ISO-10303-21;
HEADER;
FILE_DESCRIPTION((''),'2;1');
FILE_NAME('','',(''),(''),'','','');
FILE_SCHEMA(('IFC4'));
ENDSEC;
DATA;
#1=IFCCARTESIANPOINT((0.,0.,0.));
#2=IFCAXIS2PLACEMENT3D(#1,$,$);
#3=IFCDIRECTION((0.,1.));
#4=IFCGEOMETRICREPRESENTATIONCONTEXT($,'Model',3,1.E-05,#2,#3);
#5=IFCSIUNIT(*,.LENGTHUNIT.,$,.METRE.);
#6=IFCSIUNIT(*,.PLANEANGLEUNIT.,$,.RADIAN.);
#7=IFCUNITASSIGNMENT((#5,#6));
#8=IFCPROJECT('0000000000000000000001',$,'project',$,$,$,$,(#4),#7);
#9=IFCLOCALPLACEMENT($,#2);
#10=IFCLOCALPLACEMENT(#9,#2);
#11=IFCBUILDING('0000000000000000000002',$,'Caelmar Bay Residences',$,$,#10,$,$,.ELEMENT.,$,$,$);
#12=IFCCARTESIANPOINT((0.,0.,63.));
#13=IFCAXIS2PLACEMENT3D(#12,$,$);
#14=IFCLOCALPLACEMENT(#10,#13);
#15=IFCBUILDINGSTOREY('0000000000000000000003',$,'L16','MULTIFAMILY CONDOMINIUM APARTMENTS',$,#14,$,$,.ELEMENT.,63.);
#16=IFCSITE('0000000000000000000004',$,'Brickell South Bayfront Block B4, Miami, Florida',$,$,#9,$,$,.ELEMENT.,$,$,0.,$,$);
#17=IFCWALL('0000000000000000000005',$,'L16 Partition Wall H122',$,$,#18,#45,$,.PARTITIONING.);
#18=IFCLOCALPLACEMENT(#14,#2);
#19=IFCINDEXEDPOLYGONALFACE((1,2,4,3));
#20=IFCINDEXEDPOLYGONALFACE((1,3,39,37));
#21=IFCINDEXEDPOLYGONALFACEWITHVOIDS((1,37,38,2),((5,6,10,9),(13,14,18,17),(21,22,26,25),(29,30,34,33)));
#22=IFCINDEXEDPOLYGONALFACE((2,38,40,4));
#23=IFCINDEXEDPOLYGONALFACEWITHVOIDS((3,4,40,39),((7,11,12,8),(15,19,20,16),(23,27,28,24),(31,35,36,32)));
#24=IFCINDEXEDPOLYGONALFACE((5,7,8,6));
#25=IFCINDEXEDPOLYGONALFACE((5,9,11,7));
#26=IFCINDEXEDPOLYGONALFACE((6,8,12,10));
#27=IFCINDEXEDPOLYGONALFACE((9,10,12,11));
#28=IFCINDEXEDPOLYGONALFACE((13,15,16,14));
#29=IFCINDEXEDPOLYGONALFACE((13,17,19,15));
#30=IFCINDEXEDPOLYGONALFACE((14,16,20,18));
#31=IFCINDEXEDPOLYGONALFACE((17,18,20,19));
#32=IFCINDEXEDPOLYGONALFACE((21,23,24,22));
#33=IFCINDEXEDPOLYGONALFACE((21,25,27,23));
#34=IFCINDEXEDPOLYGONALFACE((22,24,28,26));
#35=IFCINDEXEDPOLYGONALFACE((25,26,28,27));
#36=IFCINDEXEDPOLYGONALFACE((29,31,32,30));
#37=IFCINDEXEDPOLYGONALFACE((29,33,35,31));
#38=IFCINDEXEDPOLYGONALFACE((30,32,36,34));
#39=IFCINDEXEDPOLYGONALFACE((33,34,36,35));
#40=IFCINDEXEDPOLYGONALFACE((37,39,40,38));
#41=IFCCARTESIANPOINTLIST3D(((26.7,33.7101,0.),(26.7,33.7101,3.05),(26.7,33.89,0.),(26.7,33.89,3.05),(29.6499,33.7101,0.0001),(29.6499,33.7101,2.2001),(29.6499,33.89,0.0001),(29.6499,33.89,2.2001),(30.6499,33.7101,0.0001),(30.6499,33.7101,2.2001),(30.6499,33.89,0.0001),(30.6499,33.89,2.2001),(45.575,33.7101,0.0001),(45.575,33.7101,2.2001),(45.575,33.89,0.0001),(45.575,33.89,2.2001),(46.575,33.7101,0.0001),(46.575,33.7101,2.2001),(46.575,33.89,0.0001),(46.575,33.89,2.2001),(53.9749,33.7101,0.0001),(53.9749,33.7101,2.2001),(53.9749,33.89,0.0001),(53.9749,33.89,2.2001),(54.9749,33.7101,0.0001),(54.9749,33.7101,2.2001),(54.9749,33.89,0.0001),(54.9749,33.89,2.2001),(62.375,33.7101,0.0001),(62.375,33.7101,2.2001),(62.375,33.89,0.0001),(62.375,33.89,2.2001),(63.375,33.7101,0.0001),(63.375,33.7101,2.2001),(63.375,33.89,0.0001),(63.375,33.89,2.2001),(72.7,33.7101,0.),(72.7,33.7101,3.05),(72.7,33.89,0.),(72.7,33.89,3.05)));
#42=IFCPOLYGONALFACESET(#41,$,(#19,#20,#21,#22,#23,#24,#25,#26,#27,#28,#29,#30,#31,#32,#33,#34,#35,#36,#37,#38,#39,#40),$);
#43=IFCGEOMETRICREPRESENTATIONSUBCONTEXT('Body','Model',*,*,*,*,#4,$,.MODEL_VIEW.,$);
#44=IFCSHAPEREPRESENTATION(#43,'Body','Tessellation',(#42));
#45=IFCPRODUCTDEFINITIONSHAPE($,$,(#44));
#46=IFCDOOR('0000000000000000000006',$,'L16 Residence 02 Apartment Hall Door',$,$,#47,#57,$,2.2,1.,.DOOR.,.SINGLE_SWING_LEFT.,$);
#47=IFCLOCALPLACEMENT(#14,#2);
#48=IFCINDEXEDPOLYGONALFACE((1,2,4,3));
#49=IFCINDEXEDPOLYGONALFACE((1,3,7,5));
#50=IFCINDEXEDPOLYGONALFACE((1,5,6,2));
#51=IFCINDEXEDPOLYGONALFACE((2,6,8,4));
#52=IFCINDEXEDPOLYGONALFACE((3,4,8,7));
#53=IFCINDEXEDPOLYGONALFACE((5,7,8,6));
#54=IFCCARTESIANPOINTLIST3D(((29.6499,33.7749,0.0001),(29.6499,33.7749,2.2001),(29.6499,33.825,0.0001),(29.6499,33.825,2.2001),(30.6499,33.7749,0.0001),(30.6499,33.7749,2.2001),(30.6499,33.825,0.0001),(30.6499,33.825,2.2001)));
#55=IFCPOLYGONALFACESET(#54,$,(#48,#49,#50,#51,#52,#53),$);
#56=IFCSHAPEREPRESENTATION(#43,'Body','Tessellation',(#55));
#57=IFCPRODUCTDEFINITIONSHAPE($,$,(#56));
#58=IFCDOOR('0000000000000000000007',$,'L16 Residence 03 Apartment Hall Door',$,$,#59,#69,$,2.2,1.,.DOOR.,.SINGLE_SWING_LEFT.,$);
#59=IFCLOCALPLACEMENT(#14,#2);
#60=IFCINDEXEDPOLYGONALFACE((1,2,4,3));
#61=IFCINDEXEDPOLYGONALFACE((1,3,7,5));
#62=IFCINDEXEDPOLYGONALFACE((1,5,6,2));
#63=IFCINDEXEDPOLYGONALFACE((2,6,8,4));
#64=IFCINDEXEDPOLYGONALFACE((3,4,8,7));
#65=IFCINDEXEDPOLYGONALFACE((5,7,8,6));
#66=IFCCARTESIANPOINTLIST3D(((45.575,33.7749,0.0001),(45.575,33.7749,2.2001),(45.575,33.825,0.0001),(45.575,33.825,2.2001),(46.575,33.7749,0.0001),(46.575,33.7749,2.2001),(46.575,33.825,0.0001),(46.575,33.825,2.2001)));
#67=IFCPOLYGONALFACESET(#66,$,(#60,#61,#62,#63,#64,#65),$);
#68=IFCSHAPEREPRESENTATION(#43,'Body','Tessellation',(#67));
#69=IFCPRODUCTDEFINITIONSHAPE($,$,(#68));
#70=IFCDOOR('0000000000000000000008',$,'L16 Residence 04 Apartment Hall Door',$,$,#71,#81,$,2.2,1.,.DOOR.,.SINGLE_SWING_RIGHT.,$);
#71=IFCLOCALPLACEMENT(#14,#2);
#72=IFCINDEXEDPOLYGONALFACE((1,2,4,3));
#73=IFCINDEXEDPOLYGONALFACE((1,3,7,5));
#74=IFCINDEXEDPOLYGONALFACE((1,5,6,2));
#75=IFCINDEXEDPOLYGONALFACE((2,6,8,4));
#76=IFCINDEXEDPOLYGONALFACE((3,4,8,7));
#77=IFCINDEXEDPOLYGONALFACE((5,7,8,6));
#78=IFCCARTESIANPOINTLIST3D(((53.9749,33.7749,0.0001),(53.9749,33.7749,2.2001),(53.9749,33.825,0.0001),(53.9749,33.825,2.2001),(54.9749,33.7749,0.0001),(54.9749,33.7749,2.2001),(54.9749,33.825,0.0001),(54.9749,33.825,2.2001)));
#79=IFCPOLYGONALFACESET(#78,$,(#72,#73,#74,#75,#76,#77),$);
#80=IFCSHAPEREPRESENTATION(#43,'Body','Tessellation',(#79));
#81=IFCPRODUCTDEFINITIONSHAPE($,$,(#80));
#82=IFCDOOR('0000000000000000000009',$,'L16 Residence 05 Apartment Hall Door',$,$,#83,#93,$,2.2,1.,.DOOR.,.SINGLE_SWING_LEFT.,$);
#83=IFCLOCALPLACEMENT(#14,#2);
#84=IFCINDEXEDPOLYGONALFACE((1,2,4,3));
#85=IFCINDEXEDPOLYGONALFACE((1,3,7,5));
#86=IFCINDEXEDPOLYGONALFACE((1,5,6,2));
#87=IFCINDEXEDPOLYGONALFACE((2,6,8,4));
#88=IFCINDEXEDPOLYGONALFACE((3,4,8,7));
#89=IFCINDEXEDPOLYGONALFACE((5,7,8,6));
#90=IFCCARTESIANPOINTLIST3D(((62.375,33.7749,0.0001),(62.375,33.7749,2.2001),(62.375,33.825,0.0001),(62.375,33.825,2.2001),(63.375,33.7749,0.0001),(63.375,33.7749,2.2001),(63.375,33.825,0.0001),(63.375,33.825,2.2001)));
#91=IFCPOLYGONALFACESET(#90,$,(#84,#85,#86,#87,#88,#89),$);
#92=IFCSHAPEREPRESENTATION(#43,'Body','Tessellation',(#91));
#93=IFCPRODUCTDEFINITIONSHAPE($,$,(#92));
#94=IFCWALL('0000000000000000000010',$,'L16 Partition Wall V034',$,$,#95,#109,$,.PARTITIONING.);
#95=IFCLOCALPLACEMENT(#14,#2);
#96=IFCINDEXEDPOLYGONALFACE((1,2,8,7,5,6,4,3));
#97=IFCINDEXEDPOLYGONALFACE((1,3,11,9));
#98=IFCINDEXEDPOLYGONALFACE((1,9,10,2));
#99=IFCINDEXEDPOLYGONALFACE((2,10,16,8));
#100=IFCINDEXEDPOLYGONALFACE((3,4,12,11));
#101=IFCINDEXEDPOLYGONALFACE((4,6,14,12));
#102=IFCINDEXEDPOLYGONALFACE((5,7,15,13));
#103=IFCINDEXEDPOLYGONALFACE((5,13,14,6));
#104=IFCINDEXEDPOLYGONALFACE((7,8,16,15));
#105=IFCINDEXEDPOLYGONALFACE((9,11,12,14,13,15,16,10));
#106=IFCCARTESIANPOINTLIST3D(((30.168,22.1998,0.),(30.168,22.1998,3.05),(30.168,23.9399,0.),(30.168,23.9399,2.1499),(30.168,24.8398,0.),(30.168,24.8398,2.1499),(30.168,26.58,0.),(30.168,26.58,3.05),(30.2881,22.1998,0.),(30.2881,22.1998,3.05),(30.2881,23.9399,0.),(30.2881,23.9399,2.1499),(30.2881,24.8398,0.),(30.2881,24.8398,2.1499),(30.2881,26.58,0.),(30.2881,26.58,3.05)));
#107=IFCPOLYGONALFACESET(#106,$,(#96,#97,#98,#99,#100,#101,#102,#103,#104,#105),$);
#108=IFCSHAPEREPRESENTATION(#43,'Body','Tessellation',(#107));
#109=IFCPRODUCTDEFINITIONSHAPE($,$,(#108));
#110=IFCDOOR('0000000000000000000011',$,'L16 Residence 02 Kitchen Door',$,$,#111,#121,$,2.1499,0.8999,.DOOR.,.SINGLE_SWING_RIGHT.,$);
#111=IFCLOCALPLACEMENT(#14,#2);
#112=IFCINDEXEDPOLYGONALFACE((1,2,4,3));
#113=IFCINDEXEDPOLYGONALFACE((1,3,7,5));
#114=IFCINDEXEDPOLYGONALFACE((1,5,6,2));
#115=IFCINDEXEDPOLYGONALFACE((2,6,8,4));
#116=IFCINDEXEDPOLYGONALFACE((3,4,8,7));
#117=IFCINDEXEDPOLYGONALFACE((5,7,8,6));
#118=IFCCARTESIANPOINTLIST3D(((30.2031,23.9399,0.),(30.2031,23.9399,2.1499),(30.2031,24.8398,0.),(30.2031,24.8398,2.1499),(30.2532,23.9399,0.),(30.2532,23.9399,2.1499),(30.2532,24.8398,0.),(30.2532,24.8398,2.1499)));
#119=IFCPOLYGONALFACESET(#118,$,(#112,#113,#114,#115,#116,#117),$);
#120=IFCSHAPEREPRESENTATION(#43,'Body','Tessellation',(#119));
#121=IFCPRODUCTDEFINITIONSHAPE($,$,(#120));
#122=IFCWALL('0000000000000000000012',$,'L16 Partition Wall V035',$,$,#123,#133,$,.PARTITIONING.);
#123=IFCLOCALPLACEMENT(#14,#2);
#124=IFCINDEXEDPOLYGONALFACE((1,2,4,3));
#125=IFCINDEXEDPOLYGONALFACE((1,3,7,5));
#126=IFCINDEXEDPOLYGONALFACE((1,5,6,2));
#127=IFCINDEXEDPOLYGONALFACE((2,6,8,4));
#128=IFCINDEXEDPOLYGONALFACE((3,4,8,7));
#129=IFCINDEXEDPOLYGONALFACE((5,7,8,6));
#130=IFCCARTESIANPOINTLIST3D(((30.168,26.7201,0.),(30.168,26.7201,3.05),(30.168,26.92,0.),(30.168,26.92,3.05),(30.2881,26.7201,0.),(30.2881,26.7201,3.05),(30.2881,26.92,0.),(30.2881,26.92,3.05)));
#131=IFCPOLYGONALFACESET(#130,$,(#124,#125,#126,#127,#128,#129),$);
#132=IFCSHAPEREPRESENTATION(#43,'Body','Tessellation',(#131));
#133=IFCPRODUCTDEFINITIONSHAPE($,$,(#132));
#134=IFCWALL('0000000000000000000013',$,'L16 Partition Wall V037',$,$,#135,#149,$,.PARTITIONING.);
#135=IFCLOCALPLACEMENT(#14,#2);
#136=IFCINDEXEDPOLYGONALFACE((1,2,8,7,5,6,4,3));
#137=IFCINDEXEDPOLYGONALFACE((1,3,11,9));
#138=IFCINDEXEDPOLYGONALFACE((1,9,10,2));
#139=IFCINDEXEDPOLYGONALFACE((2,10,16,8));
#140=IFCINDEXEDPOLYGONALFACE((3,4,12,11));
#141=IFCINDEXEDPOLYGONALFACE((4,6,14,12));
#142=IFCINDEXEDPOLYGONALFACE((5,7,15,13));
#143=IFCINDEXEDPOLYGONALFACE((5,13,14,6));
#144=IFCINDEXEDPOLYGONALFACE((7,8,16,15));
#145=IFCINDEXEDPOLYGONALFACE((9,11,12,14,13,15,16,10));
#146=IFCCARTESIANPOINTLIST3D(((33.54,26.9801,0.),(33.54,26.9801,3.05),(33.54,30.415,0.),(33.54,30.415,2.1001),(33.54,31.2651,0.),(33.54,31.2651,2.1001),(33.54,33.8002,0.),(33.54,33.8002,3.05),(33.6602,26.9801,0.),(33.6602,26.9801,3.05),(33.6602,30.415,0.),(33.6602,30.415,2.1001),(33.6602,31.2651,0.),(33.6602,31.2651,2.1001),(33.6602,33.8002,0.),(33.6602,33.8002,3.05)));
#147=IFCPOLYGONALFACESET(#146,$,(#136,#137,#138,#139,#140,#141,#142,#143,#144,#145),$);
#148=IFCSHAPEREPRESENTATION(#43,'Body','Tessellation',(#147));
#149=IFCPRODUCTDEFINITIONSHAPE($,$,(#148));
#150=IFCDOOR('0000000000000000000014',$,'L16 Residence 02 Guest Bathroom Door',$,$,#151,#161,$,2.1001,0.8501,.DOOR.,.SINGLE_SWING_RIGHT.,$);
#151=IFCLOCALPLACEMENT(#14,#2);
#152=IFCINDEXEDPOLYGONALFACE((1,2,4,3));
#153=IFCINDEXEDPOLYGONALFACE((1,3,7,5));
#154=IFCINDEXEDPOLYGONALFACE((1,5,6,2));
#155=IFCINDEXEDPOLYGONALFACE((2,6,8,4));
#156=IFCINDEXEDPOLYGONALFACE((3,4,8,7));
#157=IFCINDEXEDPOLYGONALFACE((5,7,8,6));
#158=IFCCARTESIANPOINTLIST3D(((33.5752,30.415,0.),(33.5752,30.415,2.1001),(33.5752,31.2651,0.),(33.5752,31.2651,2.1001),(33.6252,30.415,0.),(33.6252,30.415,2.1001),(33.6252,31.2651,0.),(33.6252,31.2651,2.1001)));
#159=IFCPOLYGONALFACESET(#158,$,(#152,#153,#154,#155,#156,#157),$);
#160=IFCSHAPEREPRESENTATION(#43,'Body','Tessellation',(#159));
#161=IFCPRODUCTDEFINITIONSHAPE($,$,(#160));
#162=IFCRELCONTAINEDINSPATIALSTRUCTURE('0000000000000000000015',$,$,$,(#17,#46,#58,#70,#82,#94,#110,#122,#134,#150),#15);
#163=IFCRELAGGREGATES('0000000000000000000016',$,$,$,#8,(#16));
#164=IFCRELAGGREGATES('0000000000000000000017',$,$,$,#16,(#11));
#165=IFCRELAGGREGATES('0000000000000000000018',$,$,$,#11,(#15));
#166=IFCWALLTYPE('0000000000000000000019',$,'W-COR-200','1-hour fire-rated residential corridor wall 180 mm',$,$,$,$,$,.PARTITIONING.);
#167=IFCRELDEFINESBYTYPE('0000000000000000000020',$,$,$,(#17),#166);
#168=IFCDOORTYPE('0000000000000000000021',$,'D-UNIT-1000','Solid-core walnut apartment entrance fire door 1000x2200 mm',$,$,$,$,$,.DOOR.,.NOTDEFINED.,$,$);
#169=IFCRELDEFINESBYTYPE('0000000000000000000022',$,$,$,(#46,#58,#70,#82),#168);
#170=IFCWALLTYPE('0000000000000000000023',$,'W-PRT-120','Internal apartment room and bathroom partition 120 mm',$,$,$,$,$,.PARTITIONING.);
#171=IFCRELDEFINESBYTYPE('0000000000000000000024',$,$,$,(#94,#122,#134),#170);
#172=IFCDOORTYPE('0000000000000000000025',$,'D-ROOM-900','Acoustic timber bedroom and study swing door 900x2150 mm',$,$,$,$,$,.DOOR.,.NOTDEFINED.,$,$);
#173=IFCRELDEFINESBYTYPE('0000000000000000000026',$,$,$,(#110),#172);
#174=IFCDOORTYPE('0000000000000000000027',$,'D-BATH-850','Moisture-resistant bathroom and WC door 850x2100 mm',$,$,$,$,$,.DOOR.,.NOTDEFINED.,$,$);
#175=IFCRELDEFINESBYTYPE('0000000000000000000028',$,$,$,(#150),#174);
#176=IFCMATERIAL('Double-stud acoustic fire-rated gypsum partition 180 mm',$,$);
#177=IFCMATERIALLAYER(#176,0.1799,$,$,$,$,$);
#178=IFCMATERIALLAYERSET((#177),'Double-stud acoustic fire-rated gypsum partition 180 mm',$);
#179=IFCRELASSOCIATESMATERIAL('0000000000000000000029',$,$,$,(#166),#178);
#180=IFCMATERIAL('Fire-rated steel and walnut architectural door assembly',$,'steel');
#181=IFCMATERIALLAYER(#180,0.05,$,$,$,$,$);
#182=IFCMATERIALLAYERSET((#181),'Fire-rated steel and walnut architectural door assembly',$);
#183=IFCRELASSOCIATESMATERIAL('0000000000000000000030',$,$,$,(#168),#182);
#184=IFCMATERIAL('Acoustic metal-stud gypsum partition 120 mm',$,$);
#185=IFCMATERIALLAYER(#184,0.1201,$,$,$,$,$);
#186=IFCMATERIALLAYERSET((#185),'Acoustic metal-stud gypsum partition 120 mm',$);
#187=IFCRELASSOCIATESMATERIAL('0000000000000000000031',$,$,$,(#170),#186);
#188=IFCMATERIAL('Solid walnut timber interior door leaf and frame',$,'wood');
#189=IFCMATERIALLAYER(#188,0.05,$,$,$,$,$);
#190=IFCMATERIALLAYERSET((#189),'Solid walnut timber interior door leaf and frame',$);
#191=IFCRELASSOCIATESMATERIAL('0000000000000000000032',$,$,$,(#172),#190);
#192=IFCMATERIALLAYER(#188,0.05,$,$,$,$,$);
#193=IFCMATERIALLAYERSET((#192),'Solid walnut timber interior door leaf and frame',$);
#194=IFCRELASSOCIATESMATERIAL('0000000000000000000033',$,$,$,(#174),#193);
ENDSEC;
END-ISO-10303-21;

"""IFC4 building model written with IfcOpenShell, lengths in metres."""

from ifc_helpers import new_model, si_unit, direction, frame, frame_2d, origin, place, context, subcontext, project, spatial, rectangle, extrude, material, layer, layer_set, type_object, element, fill, save


model = new_model("IFC4")

# Units and contexts
model_context = context("Model", 3, precision=1e-05, world=origin(), true_north=direction((0.0, 1.0)))
body_context = subcontext(model_context, "Body", "Model", "MODEL_VIEW")
ifc_project = project(units=[si_unit("LENGTHUNIT", "METRE"), si_unit("PLANEANGLEUNIT", "RADIAN")], contexts=[model_context])

# Site, building, storey
site_placement = place(None, origin())
site = spatial("IfcSite", under=ifc_project, at=site_placement, Name="Brickell South Bayfront Block B4, Miami, Florida", CompositionType="ELEMENT", RefElevation=0.0)
building_placement = place(site_placement, origin())
building = spatial("IfcBuilding", under=site, at=building_placement, Name="Caelmar Bay Residences", CompositionType="ELEMENT")
storey_placement = place(building_placement, frame((0.0, 0.0, 63.0)))
storey = spatial("IfcBuildingStorey", under=building, at=storey_placement, Name="L16", Description="MULTIFAMILY CONDOMINIUM APARTMENTS", CompositionType="ELEMENT", Elevation=63.0)

# Wall, openings, doors
ifc_material_1 = material(Name="Double-stud acoustic fire-rated gypsum partition 180 mm")
ifc_layer_1 = layer(ifc_material_1, 0.1799)
ifc_layer_set_1 = layer_set([ifc_layer_1], Name="Double-stud acoustic fire-rated gypsum partition 180 mm")
wall_type_1 = type_object("IfcWallType", Name="W-COR-200", Description="1-hour fire-rated residential corridor wall 180 mm", PredefinedType="PARTITIONING", material=ifc_layer_set_1)
wall_1_placement = place(storey_placement, frame((26.7, 33.8, 0.0), z_axis=(0.0, 0.0, 1.0), x_axis=(1.0, 0.0, 0.0)))
wall_1 = element("IfcWall", 1, at=wall_1_placement, inside=storey, type_object=wall_type_1, Name="L16 Partition Wall H122", PredefinedType="PARTITIONING", context=body_context, shape_type="SweptSolid", body=[
    extrude(rectangle(XDim=46.0, YDim=0.1799, at=frame_2d((23.0, 0.0))), origin(), (0.0, 0.0, 1.0), 3.05),
])
opening_1_placement = place(wall_1_placement, frame((2.95, 0.0, 0.0)))
opening_1 = element("IfcOpeningElement", 2, at=opening_1_placement, cuts=wall_1, PredefinedType="OPENING", context=body_context, shape_type="SweptSolid", body=[
    extrude(rectangle(XDim=1.0, YDim=2.2, at=frame_2d((0.5, 1.1001))), frame((0.0, 0.0999, 0.0), z_axis=(0.0, -1.0, 0.0), x_axis=(1.0, 0.0, 0.0)), (0.0, 0.0, 1.0), 0.2),
])
opening_2_placement = place(wall_1_placement, frame((18.875, 0.0, 0.0)))
opening_2 = element("IfcOpeningElement", 3, at=opening_2_placement, cuts=wall_1, PredefinedType="OPENING", context=body_context, shape_type="SweptSolid", body=[
    extrude(rectangle(XDim=1.0, YDim=2.2, at=frame_2d((0.5, 1.1001))), frame((0.0, 0.0999, 0.0), z_axis=(0.0, -1.0, 0.0), x_axis=(1.0, 0.0, 0.0)), (0.0, 0.0, 1.0), 0.2),
])
opening_3_placement = place(wall_1_placement, frame((27.2749, 0.0, 0.0)))
opening_3 = element("IfcOpeningElement", 4, at=opening_3_placement, cuts=wall_1, PredefinedType="OPENING", context=body_context, shape_type="SweptSolid", body=[
    extrude(rectangle(XDim=1.0, YDim=2.2, at=frame_2d((0.5, 1.1001))), frame((0.0, 0.0999, 0.0), z_axis=(0.0, -1.0, 0.0), x_axis=(1.0, 0.0, 0.0)), (0.0, 0.0, 1.0), 0.2),
])
opening_4_placement = place(wall_1_placement, frame((35.675, 0.0, 0.0)))
opening_4 = element("IfcOpeningElement", 5, at=opening_4_placement, cuts=wall_1, PredefinedType="OPENING", context=body_context, shape_type="SweptSolid", body=[
    extrude(rectangle(XDim=1.0, YDim=2.2, at=frame_2d((0.5, 1.1001))), frame((0.0, 0.0999, 0.0), z_axis=(0.0, -1.0, 0.0), x_axis=(1.0, 0.0, 0.0)), (0.0, 0.0, 1.0), 0.2),
])
ifc_material_2 = material(Name="Fire-rated steel and walnut architectural door assembly", Category="steel")
ifc_layer_2 = layer(ifc_material_2, 0.05)
ifc_layer_set_2 = layer_set([ifc_layer_2], Name="Fire-rated steel and walnut architectural door assembly")
door_type_1 = type_object("IfcDoorType", Name="D-UNIT-1000", Description="Solid-core walnut apartment entrance fire door 1000x2200 mm", OperationType="NOTDEFINED", PredefinedType="DOOR", material=ifc_layer_set_2)
door_1_placement = place(opening_1_placement, origin())
door_1 = element("IfcDoor", 6, at=door_1_placement, inside=storey, type_object=door_type_1, Name="L16 Residence 02 Apartment Hall Door", OperationType="SINGLE_SWING_LEFT", OverallHeight=2.2, OverallWidth=1.0, PredefinedType="DOOR", context=body_context, shape_type="SweptSolid", body=[
    extrude(rectangle(XDim=1.0, YDim=2.2, at=frame_2d((0.5, 1.1001))), frame((0.0, 0.0249, 0.0), z_axis=(0.0, -1.0, 0.0), x_axis=(1.0, 0.0, 0.0)), (0.0, 0.0, 1.0), 0.05),
])
fill(opening_1, door_1)
door_2_placement = place(opening_2_placement, origin())
door_2 = element("IfcDoor", 7, at=door_2_placement, inside=storey, type_object=door_type_1, Name="L16 Residence 03 Apartment Hall Door", OperationType="SINGLE_SWING_LEFT", OverallHeight=2.2, OverallWidth=1.0, PredefinedType="DOOR", context=body_context, shape_type="SweptSolid", body=[
    extrude(rectangle(XDim=1.0, YDim=2.2, at=frame_2d((0.5, 1.1001))), frame((0.0, 0.0249, 0.0), z_axis=(0.0, -1.0, 0.0), x_axis=(1.0, 0.0, 0.0)), (0.0, 0.0, 1.0), 0.05),
])
fill(opening_2, door_2)
door_3_placement = place(opening_3_placement, origin())
door_3 = element("IfcDoor", 8, at=door_3_placement, inside=storey, type_object=door_type_1, Name="L16 Residence 04 Apartment Hall Door", OperationType="SINGLE_SWING_RIGHT", OverallHeight=2.2, OverallWidth=1.0, PredefinedType="DOOR", context=body_context, shape_type="SweptSolid", body=[
    extrude(rectangle(XDim=1.0, YDim=2.2, at=frame_2d((0.5, 1.1001))), frame((0.0, 0.0249, 0.0), z_axis=(0.0, -1.0, 0.0), x_axis=(1.0, 0.0, 0.0)), (0.0, 0.0, 1.0), 0.05),
])
fill(opening_3, door_3)
door_4_placement = place(opening_4_placement, origin())
door_4 = element("IfcDoor", 9, at=door_4_placement, inside=storey, type_object=door_type_1, Name="L16 Residence 05 Apartment Hall Door", OperationType="SINGLE_SWING_LEFT", OverallHeight=2.2, OverallWidth=1.0, PredefinedType="DOOR", context=body_context, shape_type="SweptSolid", body=[
    extrude(rectangle(XDim=1.0, YDim=2.2, at=frame_2d((0.5, 1.1001))), frame((0.0, 0.0249, 0.0), z_axis=(0.0, -1.0, 0.0), x_axis=(1.0, 0.0, 0.0)), (0.0, 0.0, 1.0), 0.05),
])
fill(opening_4, door_4)

# Wall, opening, door
ifc_material_3 = material(Name="Acoustic metal-stud gypsum partition 120 mm")
ifc_layer_3 = layer(ifc_material_3, 0.1201)
ifc_layer_set_3 = layer_set([ifc_layer_3], Name="Acoustic metal-stud gypsum partition 120 mm")
wall_type_2 = type_object("IfcWallType", Name="W-PRT-120", Description="Internal apartment room and bathroom partition 120 mm", PredefinedType="PARTITIONING", material=ifc_layer_set_3)
wall_2_placement = place(storey_placement, frame((30.228, 22.2, 0.0), z_axis=(0.0, 0.0, 1.0), x_axis=(0.0, 1.0, 0.0)))
wall_2 = element("IfcWall", 10, at=wall_2_placement, inside=storey, type_object=wall_type_2, Name="L16 Partition Wall V034", PredefinedType="PARTITIONING", context=body_context, shape_type="SweptSolid", body=[
    extrude(rectangle(XDim=4.3801, YDim=0.1201, at=frame_2d((2.1899, 0.0))), origin(), (0.0, 0.0, 1.0), 3.05),
])
opening_5_placement = place(wall_2_placement, frame((1.74, 0.0, 0.0)))
opening_5 = element("IfcOpeningElement", 11, at=opening_5_placement, cuts=wall_2, PredefinedType="OPENING", context=body_context, shape_type="SweptSolid", body=[
    extrude(rectangle(XDim=0.8999, YDim=2.1499, at=frame_2d((0.45, 1.075))), frame((0.0, 0.0701, 0.0), z_axis=(0.0, -1.0, 0.0), x_axis=(1.0, 0.0, 0.0)), (0.0, 0.0, 1.0), 0.1401),
])
ifc_material_4 = material(Name="Solid walnut timber interior door leaf and frame", Category="wood")
ifc_layer_4 = layer(ifc_material_4, 0.05)
ifc_layer_set_4 = layer_set([ifc_layer_4], Name="Solid walnut timber interior door leaf and frame")
door_type_2 = type_object("IfcDoorType", Name="D-ROOM-900", Description="Acoustic timber bedroom and study swing door 900x2150 mm", OperationType="NOTDEFINED", PredefinedType="DOOR", material=ifc_layer_set_4)
door_5_placement = place(opening_5_placement, origin())
door_5 = element("IfcDoor", 12, at=door_5_placement, inside=storey, type_object=door_type_2, Name="L16 Residence 02 Kitchen Door", OperationType="SINGLE_SWING_RIGHT", OverallHeight=2.1499, OverallWidth=0.8999, PredefinedType="DOOR", context=body_context, shape_type="SweptSolid", body=[
    extrude(rectangle(XDim=0.8999, YDim=2.1499, at=frame_2d((0.45, 1.075))), frame((0.0, 0.0249, 0.0), z_axis=(0.0, -1.0, 0.0), x_axis=(1.0, 0.0, 0.0)), (0.0, 0.0, 1.0), 0.05),
])
fill(opening_5, door_5)

# Wall
wall_3_placement = place(storey_placement, frame((30.228, 26.72, 0.0), z_axis=(0.0, 0.0, 1.0), x_axis=(0.0, 1.0, 0.0)))
element("IfcWall", 13, at=wall_3_placement, inside=storey, type_object=wall_type_2, Name="L16 Partition Wall V035", PredefinedType="PARTITIONING", context=body_context, shape_type="SweptSolid", body=[
    extrude(rectangle(XDim=0.2, YDim=0.1201, at=frame_2d((0.1001, 0.0))), origin(), (0.0, 0.0, 1.0), 3.05),
])

# Wall, opening, door
wall_4_placement = place(storey_placement, frame((33.6001, 26.98, 0.0), z_axis=(0.0, 0.0, 1.0), x_axis=(0.0, 1.0, 0.0)))
wall_4 = element("IfcWall", 14, at=wall_4_placement, inside=storey, type_object=wall_type_2, Name="L16 Partition Wall V037", PredefinedType="PARTITIONING", context=body_context, shape_type="SweptSolid", body=[
    extrude(rectangle(XDim=6.8201, YDim=0.1201, at=frame_2d((3.4102, 0.0))), origin(), (0.0, 0.0, 1.0), 3.05),
])
opening_6_placement = place(wall_4_placement, frame((3.4351, 0.0, 0.0)))
opening_6 = element("IfcOpeningElement", 15, at=opening_6_placement, cuts=wall_4, PredefinedType="OPENING", context=body_context, shape_type="SweptSolid", body=[
    extrude(rectangle(XDim=0.8501, YDim=2.1001, at=frame_2d((0.425, 1.05))), frame((0.0, 0.0701, 0.0), z_axis=(0.0, -1.0, 0.0), x_axis=(1.0, 0.0, 0.0)), (0.0, 0.0, 1.0), 0.1401),
])
ifc_layer_5 = layer(ifc_material_4, 0.05)
ifc_layer_set_5 = layer_set([ifc_layer_5], Name="Solid walnut timber interior door leaf and frame")
door_type_3 = type_object("IfcDoorType", Name="D-BATH-850", Description="Moisture-resistant bathroom and WC door 850x2100 mm", OperationType="NOTDEFINED", PredefinedType="DOOR", material=ifc_layer_set_5)
door_6_placement = place(opening_6_placement, origin())
door_6 = element("IfcDoor", 16, at=door_6_placement, inside=storey, type_object=door_type_3, Name="L16 Residence 02 Guest Bathroom Door", OperationType="SINGLE_SWING_RIGHT", OverallHeight=2.1001, OverallWidth=0.8501, PredefinedType="DOOR", context=body_context, shape_type="SweptSolid", body=[
    extrude(rectangle(XDim=0.8501, YDim=2.1001, at=frame_2d((0.425, 1.05))), frame((0.0, 0.0249, 0.0), z_axis=(0.0, -1.0, 0.0), x_axis=(1.0, 0.0, 0.0)), (0.0, 0.0, 1.0), 0.05),
])
fill(opening_6, door_6)

save(model, "model.ifc")
